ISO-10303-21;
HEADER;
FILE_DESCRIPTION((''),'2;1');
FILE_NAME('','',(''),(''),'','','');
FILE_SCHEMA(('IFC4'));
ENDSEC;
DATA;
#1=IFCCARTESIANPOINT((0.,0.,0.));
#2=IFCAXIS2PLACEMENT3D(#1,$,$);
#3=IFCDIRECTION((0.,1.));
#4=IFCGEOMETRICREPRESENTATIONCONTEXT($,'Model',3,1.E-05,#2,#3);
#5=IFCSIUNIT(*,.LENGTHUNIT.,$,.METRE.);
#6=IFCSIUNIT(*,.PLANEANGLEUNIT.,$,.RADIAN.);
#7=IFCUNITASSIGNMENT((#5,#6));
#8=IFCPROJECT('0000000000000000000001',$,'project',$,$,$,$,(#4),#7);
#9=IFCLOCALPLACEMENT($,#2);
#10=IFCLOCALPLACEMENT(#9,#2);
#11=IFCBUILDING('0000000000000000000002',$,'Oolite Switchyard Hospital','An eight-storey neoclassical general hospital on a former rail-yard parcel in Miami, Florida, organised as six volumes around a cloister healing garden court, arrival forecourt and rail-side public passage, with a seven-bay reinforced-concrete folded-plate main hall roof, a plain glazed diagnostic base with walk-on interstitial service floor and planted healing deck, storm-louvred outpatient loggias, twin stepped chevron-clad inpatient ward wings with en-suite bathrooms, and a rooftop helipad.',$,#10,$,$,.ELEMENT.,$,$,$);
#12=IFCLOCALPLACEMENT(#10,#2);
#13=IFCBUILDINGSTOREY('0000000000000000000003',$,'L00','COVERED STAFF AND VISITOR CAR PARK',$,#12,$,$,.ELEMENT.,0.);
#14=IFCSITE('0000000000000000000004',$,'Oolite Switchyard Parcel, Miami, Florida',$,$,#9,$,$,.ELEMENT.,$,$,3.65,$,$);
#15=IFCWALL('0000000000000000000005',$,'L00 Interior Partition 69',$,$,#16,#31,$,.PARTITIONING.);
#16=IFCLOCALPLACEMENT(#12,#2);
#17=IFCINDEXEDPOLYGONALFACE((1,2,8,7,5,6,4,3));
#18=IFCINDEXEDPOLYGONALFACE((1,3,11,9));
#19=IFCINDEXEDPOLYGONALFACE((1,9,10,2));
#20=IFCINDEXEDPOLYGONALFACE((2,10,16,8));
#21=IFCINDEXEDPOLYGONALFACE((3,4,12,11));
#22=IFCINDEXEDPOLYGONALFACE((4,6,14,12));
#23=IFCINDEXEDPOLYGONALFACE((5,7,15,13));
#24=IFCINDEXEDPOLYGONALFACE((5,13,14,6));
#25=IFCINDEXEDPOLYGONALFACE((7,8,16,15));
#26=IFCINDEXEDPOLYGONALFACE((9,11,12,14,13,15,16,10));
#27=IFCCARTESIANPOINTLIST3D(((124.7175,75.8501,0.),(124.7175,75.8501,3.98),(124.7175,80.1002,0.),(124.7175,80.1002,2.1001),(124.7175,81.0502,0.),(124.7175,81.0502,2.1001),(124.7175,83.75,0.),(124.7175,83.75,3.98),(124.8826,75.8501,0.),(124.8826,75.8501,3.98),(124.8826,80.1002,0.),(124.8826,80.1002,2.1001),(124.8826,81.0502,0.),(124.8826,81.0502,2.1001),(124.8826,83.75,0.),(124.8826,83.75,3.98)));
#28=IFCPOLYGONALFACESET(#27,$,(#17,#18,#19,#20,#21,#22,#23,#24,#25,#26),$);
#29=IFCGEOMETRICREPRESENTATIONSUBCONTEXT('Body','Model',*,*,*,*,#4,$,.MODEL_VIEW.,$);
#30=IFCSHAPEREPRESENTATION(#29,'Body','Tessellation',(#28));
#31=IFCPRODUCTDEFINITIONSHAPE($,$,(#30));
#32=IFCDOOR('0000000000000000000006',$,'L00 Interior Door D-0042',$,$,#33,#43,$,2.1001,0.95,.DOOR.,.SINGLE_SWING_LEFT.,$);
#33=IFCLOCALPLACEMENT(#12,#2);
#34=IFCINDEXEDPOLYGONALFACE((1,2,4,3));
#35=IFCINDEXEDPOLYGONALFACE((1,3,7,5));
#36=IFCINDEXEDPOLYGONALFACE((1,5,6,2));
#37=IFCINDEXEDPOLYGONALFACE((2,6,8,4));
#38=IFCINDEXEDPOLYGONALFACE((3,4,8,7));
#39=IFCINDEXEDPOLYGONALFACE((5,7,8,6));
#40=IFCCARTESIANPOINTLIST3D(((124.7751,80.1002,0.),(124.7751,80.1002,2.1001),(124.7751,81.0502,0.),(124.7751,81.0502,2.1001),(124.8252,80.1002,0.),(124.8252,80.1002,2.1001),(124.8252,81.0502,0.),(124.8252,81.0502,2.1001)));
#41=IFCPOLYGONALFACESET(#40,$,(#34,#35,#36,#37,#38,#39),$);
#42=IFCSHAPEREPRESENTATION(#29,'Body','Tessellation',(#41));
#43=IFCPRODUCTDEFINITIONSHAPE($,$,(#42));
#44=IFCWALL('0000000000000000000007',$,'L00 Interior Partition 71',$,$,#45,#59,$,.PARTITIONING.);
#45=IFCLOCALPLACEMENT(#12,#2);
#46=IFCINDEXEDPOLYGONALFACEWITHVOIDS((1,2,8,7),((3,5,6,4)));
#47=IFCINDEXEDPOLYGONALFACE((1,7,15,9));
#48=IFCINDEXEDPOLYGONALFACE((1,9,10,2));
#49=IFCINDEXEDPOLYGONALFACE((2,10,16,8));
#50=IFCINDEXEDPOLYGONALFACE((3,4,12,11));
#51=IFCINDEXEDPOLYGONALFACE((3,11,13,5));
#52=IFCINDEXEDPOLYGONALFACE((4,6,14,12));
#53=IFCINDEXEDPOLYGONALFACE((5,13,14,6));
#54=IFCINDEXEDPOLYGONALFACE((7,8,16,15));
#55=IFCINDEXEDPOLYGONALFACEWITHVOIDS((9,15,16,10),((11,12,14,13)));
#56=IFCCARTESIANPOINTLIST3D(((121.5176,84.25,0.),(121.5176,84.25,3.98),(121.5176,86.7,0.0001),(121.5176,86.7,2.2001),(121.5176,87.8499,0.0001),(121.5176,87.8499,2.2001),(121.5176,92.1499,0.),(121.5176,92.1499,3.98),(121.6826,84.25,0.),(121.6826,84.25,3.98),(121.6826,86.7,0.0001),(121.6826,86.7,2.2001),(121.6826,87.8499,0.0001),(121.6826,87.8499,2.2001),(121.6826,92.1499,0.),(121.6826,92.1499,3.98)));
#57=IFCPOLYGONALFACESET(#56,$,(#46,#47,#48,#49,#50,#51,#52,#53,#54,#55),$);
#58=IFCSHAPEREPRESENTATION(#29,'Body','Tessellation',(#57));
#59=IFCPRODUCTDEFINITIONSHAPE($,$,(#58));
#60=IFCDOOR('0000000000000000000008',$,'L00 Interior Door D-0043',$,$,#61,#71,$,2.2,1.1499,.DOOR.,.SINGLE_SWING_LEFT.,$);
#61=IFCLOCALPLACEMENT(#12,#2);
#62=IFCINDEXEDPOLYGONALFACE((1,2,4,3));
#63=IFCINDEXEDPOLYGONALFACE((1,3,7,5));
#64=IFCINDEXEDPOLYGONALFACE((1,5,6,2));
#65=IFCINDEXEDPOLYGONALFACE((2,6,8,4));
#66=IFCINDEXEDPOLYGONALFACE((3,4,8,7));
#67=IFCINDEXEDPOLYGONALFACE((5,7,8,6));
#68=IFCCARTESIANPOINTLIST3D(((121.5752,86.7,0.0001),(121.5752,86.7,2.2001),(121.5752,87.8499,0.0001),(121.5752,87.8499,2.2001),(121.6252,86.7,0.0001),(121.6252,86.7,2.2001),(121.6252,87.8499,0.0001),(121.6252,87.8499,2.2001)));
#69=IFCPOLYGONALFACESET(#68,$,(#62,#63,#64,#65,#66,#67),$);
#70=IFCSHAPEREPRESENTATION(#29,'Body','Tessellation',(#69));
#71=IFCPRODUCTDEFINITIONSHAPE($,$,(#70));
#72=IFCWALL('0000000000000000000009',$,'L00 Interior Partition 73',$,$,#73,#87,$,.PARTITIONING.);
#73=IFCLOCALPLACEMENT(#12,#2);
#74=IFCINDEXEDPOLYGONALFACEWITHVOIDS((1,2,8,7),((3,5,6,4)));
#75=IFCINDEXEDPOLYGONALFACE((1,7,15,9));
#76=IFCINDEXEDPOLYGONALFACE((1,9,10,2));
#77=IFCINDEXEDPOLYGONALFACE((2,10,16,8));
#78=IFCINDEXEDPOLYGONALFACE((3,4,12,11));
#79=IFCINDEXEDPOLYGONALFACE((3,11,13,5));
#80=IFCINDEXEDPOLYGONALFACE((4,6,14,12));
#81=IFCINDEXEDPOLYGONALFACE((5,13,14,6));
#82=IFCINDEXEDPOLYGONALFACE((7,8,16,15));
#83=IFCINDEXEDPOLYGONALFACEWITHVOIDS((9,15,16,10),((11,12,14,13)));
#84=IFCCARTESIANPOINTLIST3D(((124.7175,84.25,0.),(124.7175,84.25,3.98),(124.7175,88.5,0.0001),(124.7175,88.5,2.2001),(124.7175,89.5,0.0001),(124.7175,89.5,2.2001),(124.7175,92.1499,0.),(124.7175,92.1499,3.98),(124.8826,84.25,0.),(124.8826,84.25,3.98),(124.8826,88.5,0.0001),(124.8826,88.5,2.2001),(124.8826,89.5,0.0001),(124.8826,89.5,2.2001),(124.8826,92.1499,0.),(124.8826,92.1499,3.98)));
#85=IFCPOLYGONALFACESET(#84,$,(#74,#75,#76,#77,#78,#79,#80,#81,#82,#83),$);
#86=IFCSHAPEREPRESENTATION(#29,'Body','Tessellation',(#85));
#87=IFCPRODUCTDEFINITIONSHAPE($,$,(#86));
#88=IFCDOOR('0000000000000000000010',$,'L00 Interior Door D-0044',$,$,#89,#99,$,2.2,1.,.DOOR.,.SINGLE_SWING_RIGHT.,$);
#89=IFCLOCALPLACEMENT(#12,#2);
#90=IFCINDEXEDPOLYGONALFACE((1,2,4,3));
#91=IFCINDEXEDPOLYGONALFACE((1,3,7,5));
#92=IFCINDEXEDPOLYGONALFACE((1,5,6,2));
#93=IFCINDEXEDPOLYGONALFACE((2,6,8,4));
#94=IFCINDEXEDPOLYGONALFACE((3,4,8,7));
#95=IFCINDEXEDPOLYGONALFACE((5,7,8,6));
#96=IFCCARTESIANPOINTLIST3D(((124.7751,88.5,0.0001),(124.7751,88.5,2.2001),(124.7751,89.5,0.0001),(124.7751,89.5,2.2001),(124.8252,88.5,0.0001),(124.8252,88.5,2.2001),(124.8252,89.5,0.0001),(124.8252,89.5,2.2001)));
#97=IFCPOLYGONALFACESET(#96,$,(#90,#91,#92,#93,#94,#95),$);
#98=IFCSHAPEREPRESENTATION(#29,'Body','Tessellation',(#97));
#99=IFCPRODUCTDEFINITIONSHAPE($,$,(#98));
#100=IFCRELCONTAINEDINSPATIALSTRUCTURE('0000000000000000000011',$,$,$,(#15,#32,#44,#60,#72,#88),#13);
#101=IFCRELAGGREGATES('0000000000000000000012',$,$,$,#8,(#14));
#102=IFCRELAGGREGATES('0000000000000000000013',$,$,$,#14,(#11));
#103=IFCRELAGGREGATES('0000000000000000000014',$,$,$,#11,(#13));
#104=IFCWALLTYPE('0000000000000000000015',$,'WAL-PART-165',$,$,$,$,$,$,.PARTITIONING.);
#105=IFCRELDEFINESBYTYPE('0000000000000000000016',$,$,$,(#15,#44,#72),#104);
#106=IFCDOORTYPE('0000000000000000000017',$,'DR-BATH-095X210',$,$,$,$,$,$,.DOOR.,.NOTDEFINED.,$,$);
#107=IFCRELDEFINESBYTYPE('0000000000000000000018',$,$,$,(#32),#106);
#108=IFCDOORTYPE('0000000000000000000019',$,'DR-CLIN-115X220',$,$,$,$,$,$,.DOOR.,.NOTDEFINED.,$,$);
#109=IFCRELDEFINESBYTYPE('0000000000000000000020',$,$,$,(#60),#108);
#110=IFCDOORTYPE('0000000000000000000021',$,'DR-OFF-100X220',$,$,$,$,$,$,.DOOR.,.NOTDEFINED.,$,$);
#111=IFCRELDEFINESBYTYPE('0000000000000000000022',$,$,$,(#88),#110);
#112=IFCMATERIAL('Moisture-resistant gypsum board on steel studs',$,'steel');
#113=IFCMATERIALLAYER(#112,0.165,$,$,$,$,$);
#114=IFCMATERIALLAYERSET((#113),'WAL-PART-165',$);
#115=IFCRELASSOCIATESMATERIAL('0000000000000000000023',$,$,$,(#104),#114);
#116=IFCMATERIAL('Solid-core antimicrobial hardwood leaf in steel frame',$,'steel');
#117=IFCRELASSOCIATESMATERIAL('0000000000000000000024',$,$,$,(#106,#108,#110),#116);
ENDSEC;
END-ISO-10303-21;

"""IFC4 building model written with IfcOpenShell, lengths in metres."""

from ifc_helpers import new_model, si_unit, direction, frame, frame_2d, origin, place, context, subcontext, project, spatial, rectangle, extrude, material, layer, layer_set, type_object, element, fill, save


model = new_model("IFC4")

# Units and contexts
model_context = context("Model", 3, precision=1e-05, world=origin(), true_north=direction((0.0, 1.0)))
body_context = subcontext(model_context, "Body", "Model", "MODEL_VIEW")
ifc_project = project(units=[si_unit("LENGTHUNIT", "METRE"), si_unit("PLANEANGLEUNIT", "RADIAN")], contexts=[model_context])

# Site, building, storey
site_placement = place(None, origin())
site = spatial("IfcSite", under=ifc_project, at=site_placement, Name="Oolite Switchyard Parcel, Miami, Florida", CompositionType="ELEMENT", RefElevation=3.65)
building_placement = place(site_placement, origin())
building = spatial("IfcBuilding", under=site, at=building_placement, Name="Oolite Switchyard Hospital", Description="An eight-storey neoclassical general hospital on a former rail-yard parcel in Miami, Florida, organised as six volumes around a cloister healing garden court, arrival forecourt and rail-side public passage, with a seven-bay reinforced-concrete folded-plate main hall roof, a plain glazed diagnostic base with walk-on interstitial service floor and planted healing deck, storm-louvred outpatient loggias, twin stepped chevron-clad inpatient ward wings with en-suite bathrooms, and a rooftop helipad.", CompositionType="ELEMENT")
storey_placement = place(building_placement, origin())
storey = spatial("IfcBuildingStorey", under=building, at=storey_placement, Name="L00", Description="COVERED STAFF AND VISITOR CAR PARK", CompositionType="ELEMENT", Elevation=0.0)

# Shared definitions
ifc_material_1 = material(Name="Moisture-resistant gypsum board on steel studs", Category="steel")

# Walls, openings, doors
ifc_layer_1 = layer(ifc_material_1, 0.165)
ifc_layer_set_1 = layer_set([ifc_layer_1], Name="WAL-PART-165")
wall_type_1 = type_object("IfcWallType", Name="WAL-PART-165", PredefinedType="PARTITIONING", material=ifc_layer_set_1)
wall_1_placement = place(storey_placement, frame((124.8, 75.8501, 0.0), z_axis=(0.0, 0.0, 1.0), x_axis=(0.0, 1.0, 0.0)))
wall_1 = element("IfcWall", 1, at=wall_1_placement, inside=storey, type_object=wall_type_1, Name="L00 Interior Partition 69", PredefinedType="PARTITIONING", context=body_context, shape_type="SweptSolid", body=[
    extrude(rectangle(XDim=7.8999, YDim=0.165, at=frame_2d((3.95, 0.0))), origin(), (0.0, 0.0, 1.0), 3.98),
])
opening_1_placement = place(wall_1_placement, frame((4.25, 0.0, 0.0)))
opening_1 = element("IfcOpeningElement", 2, at=opening_1_placement, cuts=wall_1, PredefinedType="OPENING", context=body_context, shape_type="SweptSolid", body=[
    extrude(rectangle(XDim=0.95, YDim=2.1001, at=frame_2d((0.4751, 1.05))), frame((0.0, 0.0925, 0.0), z_axis=(0.0, -1.0, 0.0), x_axis=(1.0, 0.0, 0.0)), (0.0, 0.0, 1.0), 0.1851),
])
ifc_material_2 = material(Name="Solid-core antimicrobial hardwood leaf in steel frame", Category="steel")
door_type_1 = type_object("IfcDoorType", Name="DR-BATH-095X210", OperationType="NOTDEFINED", PredefinedType="DOOR", material=ifc_material_2)
door_1_placement = place(opening_1_placement, origin())
door_1 = element("IfcDoor", 3, at=door_1_placement, inside=storey, type_object=door_type_1, Name="L00 Interior Door D-0042", OperationType="SINGLE_SWING_LEFT", OverallHeight=2.1001, OverallWidth=0.95, PredefinedType="DOOR", context=body_context, shape_type="SweptSolid", body=[
    extrude(rectangle(XDim=0.95, YDim=2.1001, at=frame_2d((0.4751, 1.05))), frame((0.0, 0.0249, 0.0), z_axis=(0.0, -1.0, 0.0), x_axis=(1.0, 0.0, 0.0)), (0.0, 0.0, 1.0), 0.05),
])
fill(opening_1, door_1)
wall_2_placement = place(storey_placement, frame((121.6001, 84.25, 0.0), z_axis=(0.0, 0.0, 1.0), x_axis=(0.0, 1.0, 0.0)))
wall_2 = element("IfcWall", 4, at=wall_2_placement, inside=storey, type_object=wall_type_1, Name="L00 Interior Partition 71", PredefinedType="PARTITIONING", context=body_context, shape_type="SweptSolid", body=[
    extrude(rectangle(XDim=7.8999, YDim=0.165, at=frame_2d((3.95, 0.0))), origin(), (0.0, 0.0, 1.0), 3.98),
])
opening_2_placement = place(wall_2_placement, frame((2.45, 0.0, 0.0)))
opening_2 = element("IfcOpeningElement", 5, at=opening_2_placement, cuts=wall_2, PredefinedType="OPENING", context=body_context, shape_type="SweptSolid", body=[
    extrude(rectangle(XDim=1.1499, YDim=2.2, at=frame_2d((0.575, 1.1001))), frame((0.0, 0.0925, 0.0), z_axis=(0.0, -1.0, 0.0), x_axis=(1.0, 0.0, 0.0)), (0.0, 0.0, 1.0), 0.1851),
])
door_type_2 = type_object("IfcDoorType", Name="DR-CLIN-115X220", OperationType="NOTDEFINED", PredefinedType="DOOR", material=ifc_material_2)
door_2_placement = place(opening_2_placement, origin())
door_2 = element("IfcDoor", 6, at=door_2_placement, inside=storey, type_object=door_type_2, Name="L00 Interior Door D-0043", OperationType="SINGLE_SWING_LEFT", OverallHeight=2.2, OverallWidth=1.1499, PredefinedType="DOOR", context=body_context, shape_type="SweptSolid", body=[
    extrude(rectangle(XDim=1.1499, YDim=2.2, at=frame_2d((0.575, 1.1001))), frame((0.0, 0.0249, 0.0), z_axis=(0.0, -1.0, 0.0), x_axis=(1.0, 0.0, 0.0)), (0.0, 0.0, 1.0), 0.05),
])
fill(opening_2, door_2)
wall_3_placement = place(storey_placement, frame((124.8, 84.25, 0.0), z_axis=(0.0, 0.0, 1.0), x_axis=(0.0, 1.0, 0.0)))
wall_3 = element("IfcWall", 7, at=wall_3_placement, inside=storey, type_object=wall_type_1, Name="L00 Interior Partition 73", PredefinedType="PARTITIONING", context=body_context, shape_type="SweptSolid", body=[
    extrude(rectangle(XDim=7.8999, YDim=0.165, at=frame_2d((3.95, 0.0))), origin(), (0.0, 0.0, 1.0), 3.98),
])
opening_3_placement = place(wall_3_placement, frame((4.25, 0.0, 0.0)))
opening_3 = element("IfcOpeningElement", 8, at=opening_3_placement, cuts=wall_3, PredefinedType="OPENING", context=body_context, shape_type="SweptSolid", body=[
    extrude(rectangle(XDim=1.0, YDim=2.2, at=frame_2d((0.5, 1.1001))), frame((0.0, 0.0925, 0.0), z_axis=(0.0, -1.0, 0.0), x_axis=(1.0, 0.0, 0.0)), (0.0, 0.0, 1.0), 0.1851),
])
door_type_3 = type_object("IfcDoorType", Name="DR-OFF-100X220", OperationType="NOTDEFINED", PredefinedType="DOOR", material=ifc_material_2)
door_3_placement = place(opening_3_placement, origin())
door_3 = element("IfcDoor", 9, at=door_3_placement, inside=storey, type_object=door_type_3, Name="L00 Interior Door D-0044", OperationType="SINGLE_SWING_RIGHT", OverallHeight=2.2, OverallWidth=1.0, PredefinedType="DOOR", context=body_context, shape_type="SweptSolid", body=[
    extrude(rectangle(XDim=1.0, YDim=2.2, at=frame_2d((0.5, 1.1001))), frame((0.0, 0.0249, 0.0), z_axis=(0.0, -1.0, 0.0), x_axis=(1.0, 0.0, 0.0)), (0.0, 0.0, 1.0), 0.05),
])
fill(opening_3, door_3)

save(model, "model.ifc")
